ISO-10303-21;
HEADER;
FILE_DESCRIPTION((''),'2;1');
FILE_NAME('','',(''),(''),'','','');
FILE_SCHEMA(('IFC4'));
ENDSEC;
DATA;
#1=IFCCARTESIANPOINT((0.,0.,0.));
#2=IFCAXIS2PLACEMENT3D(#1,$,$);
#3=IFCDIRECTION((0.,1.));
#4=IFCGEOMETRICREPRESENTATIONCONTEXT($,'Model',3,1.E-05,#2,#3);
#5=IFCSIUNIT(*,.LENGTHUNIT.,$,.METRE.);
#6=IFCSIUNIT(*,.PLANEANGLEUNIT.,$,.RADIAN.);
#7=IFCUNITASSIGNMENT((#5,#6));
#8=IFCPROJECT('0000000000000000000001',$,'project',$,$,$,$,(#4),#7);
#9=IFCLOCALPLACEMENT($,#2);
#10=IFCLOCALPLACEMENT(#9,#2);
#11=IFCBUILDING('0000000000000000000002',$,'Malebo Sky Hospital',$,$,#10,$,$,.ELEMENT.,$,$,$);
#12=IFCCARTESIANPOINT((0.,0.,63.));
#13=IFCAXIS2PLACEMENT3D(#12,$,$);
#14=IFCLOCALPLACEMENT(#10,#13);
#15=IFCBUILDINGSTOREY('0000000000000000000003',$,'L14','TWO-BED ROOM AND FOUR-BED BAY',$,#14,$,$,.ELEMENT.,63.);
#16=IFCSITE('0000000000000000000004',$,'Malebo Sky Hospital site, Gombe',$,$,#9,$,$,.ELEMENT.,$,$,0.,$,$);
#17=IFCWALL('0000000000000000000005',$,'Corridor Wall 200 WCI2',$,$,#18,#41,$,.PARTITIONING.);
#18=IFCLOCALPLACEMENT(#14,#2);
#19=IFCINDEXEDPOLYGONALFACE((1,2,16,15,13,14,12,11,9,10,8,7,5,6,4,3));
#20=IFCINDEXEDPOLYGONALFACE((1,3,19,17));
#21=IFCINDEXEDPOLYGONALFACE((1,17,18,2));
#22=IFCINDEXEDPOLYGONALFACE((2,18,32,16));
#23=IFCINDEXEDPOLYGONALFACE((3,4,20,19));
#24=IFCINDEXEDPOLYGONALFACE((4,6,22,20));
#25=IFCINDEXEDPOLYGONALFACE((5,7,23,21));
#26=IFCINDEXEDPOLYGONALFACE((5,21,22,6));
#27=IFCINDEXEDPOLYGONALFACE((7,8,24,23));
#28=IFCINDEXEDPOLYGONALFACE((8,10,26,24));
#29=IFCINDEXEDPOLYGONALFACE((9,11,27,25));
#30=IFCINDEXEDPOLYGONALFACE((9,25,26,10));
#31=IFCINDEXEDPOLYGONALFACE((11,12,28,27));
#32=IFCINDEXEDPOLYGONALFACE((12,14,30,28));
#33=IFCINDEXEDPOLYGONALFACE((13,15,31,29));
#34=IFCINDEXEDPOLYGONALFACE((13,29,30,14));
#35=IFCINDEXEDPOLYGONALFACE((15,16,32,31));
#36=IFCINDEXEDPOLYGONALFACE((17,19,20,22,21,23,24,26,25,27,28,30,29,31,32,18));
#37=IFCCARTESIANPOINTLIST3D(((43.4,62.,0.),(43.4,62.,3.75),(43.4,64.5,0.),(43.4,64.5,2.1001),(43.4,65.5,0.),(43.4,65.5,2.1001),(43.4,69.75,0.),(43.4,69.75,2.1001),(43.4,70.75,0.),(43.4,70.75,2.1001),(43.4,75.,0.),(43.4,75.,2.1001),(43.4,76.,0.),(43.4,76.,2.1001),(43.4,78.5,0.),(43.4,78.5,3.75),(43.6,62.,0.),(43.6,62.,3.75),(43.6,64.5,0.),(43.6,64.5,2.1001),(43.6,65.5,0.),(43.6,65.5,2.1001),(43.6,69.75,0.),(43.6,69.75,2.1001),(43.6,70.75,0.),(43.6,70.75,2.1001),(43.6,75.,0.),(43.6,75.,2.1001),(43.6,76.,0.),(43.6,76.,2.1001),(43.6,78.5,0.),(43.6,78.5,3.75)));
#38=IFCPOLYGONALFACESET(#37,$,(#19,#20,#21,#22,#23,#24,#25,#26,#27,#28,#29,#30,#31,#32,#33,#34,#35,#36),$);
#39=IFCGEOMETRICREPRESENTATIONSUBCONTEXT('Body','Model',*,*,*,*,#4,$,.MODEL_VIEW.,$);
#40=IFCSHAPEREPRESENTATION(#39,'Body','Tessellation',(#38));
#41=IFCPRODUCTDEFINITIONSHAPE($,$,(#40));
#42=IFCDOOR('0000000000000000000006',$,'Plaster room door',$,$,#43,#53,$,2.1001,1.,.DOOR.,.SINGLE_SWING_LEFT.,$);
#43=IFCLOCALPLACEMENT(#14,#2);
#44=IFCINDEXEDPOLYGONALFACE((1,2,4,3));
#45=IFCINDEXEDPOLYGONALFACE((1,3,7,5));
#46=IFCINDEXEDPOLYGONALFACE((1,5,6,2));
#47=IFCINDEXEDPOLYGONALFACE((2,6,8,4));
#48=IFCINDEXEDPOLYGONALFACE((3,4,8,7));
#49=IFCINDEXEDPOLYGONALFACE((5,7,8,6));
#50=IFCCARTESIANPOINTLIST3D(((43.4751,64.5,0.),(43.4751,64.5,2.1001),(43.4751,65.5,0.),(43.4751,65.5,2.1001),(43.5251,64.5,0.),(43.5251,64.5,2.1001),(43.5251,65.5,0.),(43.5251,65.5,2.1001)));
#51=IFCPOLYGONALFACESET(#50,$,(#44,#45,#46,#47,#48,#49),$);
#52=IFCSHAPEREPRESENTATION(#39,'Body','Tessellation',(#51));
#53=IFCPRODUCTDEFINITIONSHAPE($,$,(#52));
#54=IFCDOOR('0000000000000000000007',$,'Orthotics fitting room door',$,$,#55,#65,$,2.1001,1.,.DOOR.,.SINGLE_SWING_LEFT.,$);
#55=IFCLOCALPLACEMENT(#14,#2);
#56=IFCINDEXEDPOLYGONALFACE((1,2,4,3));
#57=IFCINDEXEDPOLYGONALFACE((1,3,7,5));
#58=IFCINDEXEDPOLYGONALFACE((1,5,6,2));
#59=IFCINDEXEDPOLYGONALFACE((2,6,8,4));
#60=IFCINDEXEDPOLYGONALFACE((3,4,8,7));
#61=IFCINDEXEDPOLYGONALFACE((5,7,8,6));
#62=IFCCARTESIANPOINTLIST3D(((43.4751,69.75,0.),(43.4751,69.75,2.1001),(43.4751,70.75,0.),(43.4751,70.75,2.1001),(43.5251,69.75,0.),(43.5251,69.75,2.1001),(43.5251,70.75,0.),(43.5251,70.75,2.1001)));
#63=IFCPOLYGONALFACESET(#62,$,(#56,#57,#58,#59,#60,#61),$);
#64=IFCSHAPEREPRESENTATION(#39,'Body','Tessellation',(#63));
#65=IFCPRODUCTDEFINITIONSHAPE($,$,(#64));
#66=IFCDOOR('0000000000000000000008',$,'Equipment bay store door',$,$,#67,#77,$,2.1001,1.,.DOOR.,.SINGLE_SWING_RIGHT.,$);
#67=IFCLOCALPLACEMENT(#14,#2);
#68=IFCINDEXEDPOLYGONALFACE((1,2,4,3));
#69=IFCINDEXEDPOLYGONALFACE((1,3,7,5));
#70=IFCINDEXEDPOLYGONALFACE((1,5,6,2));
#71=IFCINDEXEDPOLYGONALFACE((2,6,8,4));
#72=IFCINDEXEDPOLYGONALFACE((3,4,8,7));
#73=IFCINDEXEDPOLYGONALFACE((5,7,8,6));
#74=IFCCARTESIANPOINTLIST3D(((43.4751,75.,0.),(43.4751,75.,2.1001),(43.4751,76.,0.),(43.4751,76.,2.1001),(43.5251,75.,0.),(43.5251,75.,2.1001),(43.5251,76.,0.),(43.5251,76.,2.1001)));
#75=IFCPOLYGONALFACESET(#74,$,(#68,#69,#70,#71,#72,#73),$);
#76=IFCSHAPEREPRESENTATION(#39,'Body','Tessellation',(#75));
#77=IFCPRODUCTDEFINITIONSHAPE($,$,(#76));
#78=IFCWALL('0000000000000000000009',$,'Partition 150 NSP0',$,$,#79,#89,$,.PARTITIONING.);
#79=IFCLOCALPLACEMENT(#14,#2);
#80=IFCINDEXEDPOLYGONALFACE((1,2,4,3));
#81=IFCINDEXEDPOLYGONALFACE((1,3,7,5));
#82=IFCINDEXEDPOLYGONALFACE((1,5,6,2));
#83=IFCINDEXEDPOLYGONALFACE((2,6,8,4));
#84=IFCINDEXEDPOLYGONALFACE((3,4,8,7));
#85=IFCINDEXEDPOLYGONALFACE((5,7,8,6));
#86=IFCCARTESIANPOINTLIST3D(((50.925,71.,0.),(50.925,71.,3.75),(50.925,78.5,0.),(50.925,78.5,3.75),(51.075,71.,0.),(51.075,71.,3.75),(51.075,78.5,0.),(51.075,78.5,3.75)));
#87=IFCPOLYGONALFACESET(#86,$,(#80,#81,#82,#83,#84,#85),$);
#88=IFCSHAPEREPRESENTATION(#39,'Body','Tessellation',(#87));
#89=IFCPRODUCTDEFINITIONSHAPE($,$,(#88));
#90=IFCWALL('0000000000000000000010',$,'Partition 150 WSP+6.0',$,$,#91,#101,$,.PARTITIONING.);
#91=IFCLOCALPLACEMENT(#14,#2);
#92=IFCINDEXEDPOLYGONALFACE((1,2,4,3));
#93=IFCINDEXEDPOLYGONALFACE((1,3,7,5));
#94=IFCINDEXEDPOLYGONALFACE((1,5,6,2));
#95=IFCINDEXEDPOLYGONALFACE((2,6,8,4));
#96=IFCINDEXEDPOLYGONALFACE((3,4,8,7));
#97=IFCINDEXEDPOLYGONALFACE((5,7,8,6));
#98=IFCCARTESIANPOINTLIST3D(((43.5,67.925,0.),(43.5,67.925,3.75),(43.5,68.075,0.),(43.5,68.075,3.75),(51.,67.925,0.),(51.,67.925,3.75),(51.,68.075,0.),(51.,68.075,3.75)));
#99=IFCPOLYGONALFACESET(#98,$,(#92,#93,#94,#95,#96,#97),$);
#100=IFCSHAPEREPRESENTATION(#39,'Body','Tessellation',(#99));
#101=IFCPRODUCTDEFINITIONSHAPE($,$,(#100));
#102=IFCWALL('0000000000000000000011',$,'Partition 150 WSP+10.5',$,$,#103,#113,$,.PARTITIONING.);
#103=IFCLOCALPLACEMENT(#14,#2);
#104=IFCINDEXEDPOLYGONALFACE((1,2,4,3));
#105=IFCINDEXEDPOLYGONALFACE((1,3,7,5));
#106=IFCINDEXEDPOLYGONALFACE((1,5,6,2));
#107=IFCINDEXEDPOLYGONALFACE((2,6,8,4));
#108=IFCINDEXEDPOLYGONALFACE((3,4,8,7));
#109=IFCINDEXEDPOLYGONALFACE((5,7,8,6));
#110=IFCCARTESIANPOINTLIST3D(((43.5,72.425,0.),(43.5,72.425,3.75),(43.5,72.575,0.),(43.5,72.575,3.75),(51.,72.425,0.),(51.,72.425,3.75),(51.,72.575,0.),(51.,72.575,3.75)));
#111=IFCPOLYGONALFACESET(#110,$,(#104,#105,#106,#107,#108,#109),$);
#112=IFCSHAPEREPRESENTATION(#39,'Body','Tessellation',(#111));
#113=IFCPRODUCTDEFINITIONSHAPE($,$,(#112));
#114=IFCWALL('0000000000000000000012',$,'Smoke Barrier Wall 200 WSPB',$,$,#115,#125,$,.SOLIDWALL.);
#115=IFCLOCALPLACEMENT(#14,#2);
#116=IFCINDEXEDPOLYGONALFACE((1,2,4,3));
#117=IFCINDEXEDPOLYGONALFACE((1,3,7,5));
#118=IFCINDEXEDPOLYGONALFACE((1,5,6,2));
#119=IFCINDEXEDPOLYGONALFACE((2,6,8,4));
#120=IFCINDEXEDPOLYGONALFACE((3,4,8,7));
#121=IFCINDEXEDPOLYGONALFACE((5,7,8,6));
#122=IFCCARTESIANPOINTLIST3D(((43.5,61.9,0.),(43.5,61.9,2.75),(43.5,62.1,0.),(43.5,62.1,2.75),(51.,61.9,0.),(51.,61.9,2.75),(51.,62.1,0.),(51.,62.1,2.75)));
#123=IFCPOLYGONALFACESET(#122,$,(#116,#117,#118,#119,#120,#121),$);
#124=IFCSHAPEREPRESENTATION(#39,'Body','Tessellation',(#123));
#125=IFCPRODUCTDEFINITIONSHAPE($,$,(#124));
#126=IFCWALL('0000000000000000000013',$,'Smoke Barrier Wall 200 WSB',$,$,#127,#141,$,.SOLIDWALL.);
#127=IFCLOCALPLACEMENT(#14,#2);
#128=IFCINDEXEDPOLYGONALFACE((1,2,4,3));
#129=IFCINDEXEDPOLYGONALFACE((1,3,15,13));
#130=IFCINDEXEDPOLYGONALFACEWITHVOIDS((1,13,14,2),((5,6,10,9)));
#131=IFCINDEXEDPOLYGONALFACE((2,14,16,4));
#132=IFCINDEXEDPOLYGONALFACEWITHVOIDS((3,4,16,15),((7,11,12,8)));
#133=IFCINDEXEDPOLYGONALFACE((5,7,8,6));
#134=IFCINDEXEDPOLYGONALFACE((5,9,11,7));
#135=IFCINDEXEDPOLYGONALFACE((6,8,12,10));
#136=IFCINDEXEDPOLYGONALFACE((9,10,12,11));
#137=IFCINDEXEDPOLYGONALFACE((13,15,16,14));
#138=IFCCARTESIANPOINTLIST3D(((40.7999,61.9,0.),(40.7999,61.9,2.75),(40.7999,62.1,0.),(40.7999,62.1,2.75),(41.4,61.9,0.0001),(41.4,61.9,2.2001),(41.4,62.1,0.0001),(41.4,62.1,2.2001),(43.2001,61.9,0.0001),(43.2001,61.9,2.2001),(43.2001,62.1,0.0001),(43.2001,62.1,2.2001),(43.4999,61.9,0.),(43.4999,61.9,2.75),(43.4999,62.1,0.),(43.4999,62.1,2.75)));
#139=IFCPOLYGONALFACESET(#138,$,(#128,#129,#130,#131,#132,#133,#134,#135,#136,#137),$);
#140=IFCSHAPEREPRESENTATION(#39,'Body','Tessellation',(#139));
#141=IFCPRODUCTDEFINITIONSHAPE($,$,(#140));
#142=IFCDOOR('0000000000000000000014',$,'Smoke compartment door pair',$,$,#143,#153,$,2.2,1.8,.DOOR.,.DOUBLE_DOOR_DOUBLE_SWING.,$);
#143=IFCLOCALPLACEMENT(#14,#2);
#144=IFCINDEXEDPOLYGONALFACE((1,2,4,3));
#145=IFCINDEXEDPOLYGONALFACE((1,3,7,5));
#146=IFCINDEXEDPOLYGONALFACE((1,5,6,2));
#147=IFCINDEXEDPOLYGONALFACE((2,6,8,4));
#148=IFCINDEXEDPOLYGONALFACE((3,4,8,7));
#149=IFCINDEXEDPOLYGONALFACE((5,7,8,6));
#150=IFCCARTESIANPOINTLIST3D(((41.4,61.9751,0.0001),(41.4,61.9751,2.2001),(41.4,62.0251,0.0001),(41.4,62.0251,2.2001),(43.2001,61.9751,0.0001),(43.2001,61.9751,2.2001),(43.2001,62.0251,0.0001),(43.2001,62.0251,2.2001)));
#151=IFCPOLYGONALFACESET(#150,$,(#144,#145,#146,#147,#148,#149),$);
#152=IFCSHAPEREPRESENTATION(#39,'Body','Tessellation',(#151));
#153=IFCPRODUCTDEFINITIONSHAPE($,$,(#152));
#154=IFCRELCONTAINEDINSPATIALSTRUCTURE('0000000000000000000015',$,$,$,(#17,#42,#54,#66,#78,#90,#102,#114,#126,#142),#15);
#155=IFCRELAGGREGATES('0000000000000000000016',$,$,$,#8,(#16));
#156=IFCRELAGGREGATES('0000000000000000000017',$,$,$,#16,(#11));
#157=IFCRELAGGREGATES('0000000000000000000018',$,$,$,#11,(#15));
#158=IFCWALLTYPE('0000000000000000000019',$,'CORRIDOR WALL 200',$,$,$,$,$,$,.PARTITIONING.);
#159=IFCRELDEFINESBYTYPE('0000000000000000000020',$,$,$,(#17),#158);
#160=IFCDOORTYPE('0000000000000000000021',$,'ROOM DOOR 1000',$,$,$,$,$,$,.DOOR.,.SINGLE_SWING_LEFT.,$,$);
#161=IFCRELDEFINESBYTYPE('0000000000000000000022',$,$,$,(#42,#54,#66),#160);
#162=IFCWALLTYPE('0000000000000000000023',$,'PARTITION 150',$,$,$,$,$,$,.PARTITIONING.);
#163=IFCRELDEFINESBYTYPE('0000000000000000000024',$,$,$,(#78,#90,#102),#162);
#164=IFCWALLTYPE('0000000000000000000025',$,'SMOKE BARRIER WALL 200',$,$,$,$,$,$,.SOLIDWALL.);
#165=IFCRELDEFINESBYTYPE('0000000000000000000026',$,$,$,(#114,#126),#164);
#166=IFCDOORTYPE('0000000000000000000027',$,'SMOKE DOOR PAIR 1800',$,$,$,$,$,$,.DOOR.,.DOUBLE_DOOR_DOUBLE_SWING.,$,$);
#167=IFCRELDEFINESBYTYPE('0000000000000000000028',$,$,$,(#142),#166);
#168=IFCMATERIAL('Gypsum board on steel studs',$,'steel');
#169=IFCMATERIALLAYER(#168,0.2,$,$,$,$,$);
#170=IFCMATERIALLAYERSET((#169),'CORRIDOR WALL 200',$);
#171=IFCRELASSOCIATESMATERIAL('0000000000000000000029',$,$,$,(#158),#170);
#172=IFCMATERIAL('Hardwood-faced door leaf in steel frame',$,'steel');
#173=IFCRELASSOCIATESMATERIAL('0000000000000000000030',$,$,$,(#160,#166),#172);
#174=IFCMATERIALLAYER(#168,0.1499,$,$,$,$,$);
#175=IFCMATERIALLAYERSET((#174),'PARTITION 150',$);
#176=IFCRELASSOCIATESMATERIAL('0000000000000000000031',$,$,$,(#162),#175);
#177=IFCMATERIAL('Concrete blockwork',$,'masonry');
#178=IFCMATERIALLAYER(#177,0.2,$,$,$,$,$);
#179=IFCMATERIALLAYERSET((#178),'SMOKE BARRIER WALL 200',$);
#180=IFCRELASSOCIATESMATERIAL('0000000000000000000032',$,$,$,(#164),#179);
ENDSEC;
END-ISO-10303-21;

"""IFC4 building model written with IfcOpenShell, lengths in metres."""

from ifc_helpers import new_model, si_unit, direction, frame, frame_2d, origin, place, context, subcontext, project, spatial, rectangle, extrude, material, layer, layer_set, type_object, element, fill, save


model = new_model("IFC4")

# Units and contexts
model_context = context("Model", 3, precision=1e-05, world=origin(), true_north=direction((0.0, 1.0)))
body_context = subcontext(model_context, "Body", "Model", "MODEL_VIEW")
ifc_project = project(units=[si_unit("LENGTHUNIT", "METRE"), si_unit("PLANEANGLEUNIT", "RADIAN")], contexts=[model_context])

# Site, building, storey
site_placement = place(None, origin())
site = spatial("IfcSite", under=ifc_project, at=site_placement, Name="Malebo Sky Hospital site, Gombe", CompositionType="ELEMENT", RefElevation=0.0)
building_placement = place(site_placement, origin())
building = spatial("IfcBuilding", under=site, at=building_placement, Name="Malebo Sky Hospital", CompositionType="ELEMENT")
storey_placement = place(building_placement, frame((0.0, 0.0, 63.0)))
storey = spatial("IfcBuildingStorey", under=building, at=storey_placement, Name="L14", Description="TWO-BED ROOM AND FOUR-BED BAY", CompositionType="ELEMENT", Elevation=63.0)

# Shared definitions
ifc_material_1 = material(Name="Hardwood-faced door leaf in steel frame", Category="steel")

# Wall, openings, doors
ifc_material_2 = material(Name="Gypsum board on steel studs", Category="steel")
ifc_layer_1 = layer(ifc_material_2, 0.2)
ifc_layer_set_1 = layer_set([ifc_layer_1], Name="CORRIDOR WALL 200")
wall_type_1 = type_object("IfcWallType", Name="CORRIDOR WALL 200", PredefinedType="PARTITIONING", material=ifc_layer_set_1)
wall_1_placement = place(storey_placement, frame((43.5, 62.0, 0.0), z_axis=(0.0, 0.0, 1.0), x_axis=(0.0, 1.0, 0.0)))
wall_1 = element("IfcWall", 1, at=wall_1_placement, inside=storey, type_object=wall_type_1, Name="Corridor Wall 200 WCI2", PredefinedType="PARTITIONING", context=body_context, shape_type="SweptSolid", body=[
    extrude(rectangle(XDim=16.5, YDim=0.2, at=frame_2d((8.25, 0.0))), origin(), (0.0, 0.0, 1.0), 3.75),
])
opening_1_placement = place(wall_1_placement, frame((2.5, 0.0, 0.0)))
opening_1 = element("IfcOpeningElement", 2, at=opening_1_placement, cuts=wall_1, PredefinedType="OPENING", context=body_context, shape_type="SweptSolid", body=[
    extrude(rectangle(XDim=1.0, YDim=2.1001, at=frame_2d((0.5, 1.05))), frame((0.0, 0.1099, 0.0), z_axis=(0.0, -1.0, 0.0), x_axis=(1.0, 0.0, 0.0)), (0.0, 0.0, 1.0), 0.22),
])
opening_2_placement = place(wall_1_placement, frame((7.75, 0.0, 0.0)))
opening_2 = element("IfcOpeningElement", 3, at=opening_2_placement, cuts=wall_1, PredefinedType="OPENING", context=body_context, shape_type="SweptSolid", body=[
    extrude(rectangle(XDim=1.0, YDim=2.1001, at=frame_2d((0.5, 1.05))), frame((0.0, 0.1099, 0.0), z_axis=(0.0, -1.0, 0.0), x_axis=(1.0, 0.0, 0.0)), (0.0, 0.0, 1.0), 0.22),
])
opening_3_placement = place(wall_1_placement, frame((13.0, 0.0, 0.0)))
opening_3 = element("IfcOpeningElement", 4, at=opening_3_placement, cuts=wall_1, PredefinedType="OPENING", context=body_context, shape_type="SweptSolid", body=[
    extrude(rectangle(XDim=1.0, YDim=2.1001, at=frame_2d((0.5, 1.05))), frame((0.0, 0.1099, 0.0), z_axis=(0.0, -1.0, 0.0), x_axis=(1.0, 0.0, 0.0)), (0.0, 0.0, 1.0), 0.22),
])
door_type_1 = type_object("IfcDoorType", Name="ROOM DOOR 1000", OperationType="SINGLE_SWING_LEFT", PredefinedType="DOOR", material=ifc_material_1)
door_1_placement = place(opening_1_placement, origin())
door_1 = element("IfcDoor", 5, at=door_1_placement, inside=storey, type_object=door_type_1, Name="Plaster room door", OperationType="SINGLE_SWING_LEFT", OverallHeight=2.1001, OverallWidth=1.0, PredefinedType="DOOR", context=body_context, shape_type="SweptSolid", body=[
    extrude(rectangle(XDim=1.0, YDim=2.1001, at=frame_2d((0.5, 1.05))), frame((0.0, 0.0249, 0.0), z_axis=(0.0, -1.0, 0.0), x_axis=(1.0, 0.0, 0.0)), (0.0, 0.0, 1.0), 0.05),
])
fill(opening_1, door_1)
door_2_placement = place(opening_2_placement, origin())
door_2 = element("IfcDoor", 6, at=door_2_placement, inside=storey, type_object=door_type_1, Name="Orthotics fitting room door", OperationType="SINGLE_SWING_LEFT", OverallHeight=2.1001, OverallWidth=1.0, PredefinedType="DOOR", context=body_context, shape_type="SweptSolid", body=[
    extrude(rectangle(XDim=1.0, YDim=2.1001, at=frame_2d((0.5, 1.05))), frame((0.0, 0.0249, 0.0), z_axis=(0.0, -1.0, 0.0), x_axis=(1.0, 0.0, 0.0)), (0.0, 0.0, 1.0), 0.05),
])
fill(opening_2, door_2)
door_3_placement = place(opening_3_placement, origin())
door_3 = element("IfcDoor", 7, at=door_3_placement, inside=storey, type_object=door_type_1, Name="Equipment bay store door", OperationType="SINGLE_SWING_RIGHT", OverallHeight=2.1001, OverallWidth=1.0, PredefinedType="DOOR", context=body_context, shape_type="SweptSolid", body=[
    extrude(rectangle(XDim=1.0, YDim=2.1001, at=frame_2d((0.5, 1.05))), frame((0.0, 0.0249, 0.0), z_axis=(0.0, -1.0, 0.0), x_axis=(1.0, 0.0, 0.0)), (0.0, 0.0, 1.0), 0.05),
])
fill(opening_3, door_3)

# Walls
ifc_layer_2 = layer(ifc_material_2, 0.1499)
ifc_layer_set_2 = layer_set([ifc_layer_2], Name="PARTITION 150")
wall_type_2 = type_object("IfcWallType", Name="PARTITION 150", PredefinedType="PARTITIONING", material=ifc_layer_set_2)
for number, where, z_axis, x_axis, name in (
    (8, (51.0, 71.0, 0.0), (0.0, 0.0, 1.0), (0.0, 1.0, 0.0), "Partition 150 NSP0"),
    (9, (51.0, 68.0, 0.0), (0.0, 0.0, 1.0), (-1.0, 0.0, 0.0), "Partition 150 WSP+6.0"),
    (10, (51.0, 72.5, 0.0), (0.0, 0.0, 1.0), (-1.0, 0.0, 0.0), "Partition 150 WSP+10.5"),
):
    element("IfcWall", number, at=place(storey_placement, frame(where, z_axis=z_axis, x_axis=x_axis)), inside=storey, type_object=wall_type_2, Name=name, PredefinedType="PARTITIONING", context=body_context, shape_type="SweptSolid", body=[
        extrude(rectangle(XDim=7.5, YDim=0.1499, at=frame_2d((3.75, 0.0))), origin(), (0.0, 0.0, 1.0), 3.75),
    ])
ifc_material_3 = material(Name="Concrete blockwork", Category="masonry")
ifc_layer_3 = layer(ifc_material_3, 0.2)
ifc_layer_set_3 = layer_set([ifc_layer_3], Name="SMOKE BARRIER WALL 200")
wall_type_3 = type_object("IfcWallType", Name="SMOKE BARRIER WALL 200", PredefinedType="SOLIDWALL", material=ifc_layer_set_3)
wall_2_placement = place(storey_placement, frame((51.0, 62.0, 0.0), z_axis=(0.0, 0.0, 1.0), x_axis=(-1.0, 0.0, 0.0)))
element("IfcWall", 11, at=wall_2_placement, inside=storey, type_object=wall_type_3, Name="Smoke Barrier Wall 200 WSPB", PredefinedType="SOLIDWALL", context=body_context, shape_type="SweptSolid", body=[
    extrude(rectangle(XDim=7.5, YDim=0.2, at=frame_2d((3.75, 0.0))), origin(), (0.0, 0.0, 1.0), 2.75),
])

# Wall, opening, door
wall_3_placement = place(storey_placement, frame((43.5, 62.0, 0.0), z_axis=(0.0, 0.0, 1.0), x_axis=(-1.0, 0.0, 0.0)))
wall_3 = element("IfcWall", 12, at=wall_3_placement, inside=storey, type_object=wall_type_3, Name="Smoke Barrier Wall 200 WSB", PredefinedType="SOLIDWALL", context=body_context, shape_type="SweptSolid", body=[
    extrude(rectangle(XDim=2.7, YDim=0.2, at=frame_2d((1.3501, 0.0))), origin(), (0.0, 0.0, 1.0), 2.75),
])
opening_4_placement = place(wall_3_placement, frame((0.3, 0.0, 0.0)))
opening_4 = element("IfcOpeningElement", 13, at=opening_4_placement, cuts=wall_3, PredefinedType="OPENING", context=body_context, shape_type="SweptSolid", body=[
    extrude(rectangle(XDim=1.8, YDim=2.2, at=frame_2d((0.8999, 1.1001))), frame((0.0, 0.1099, 0.0), z_axis=(0.0, -1.0, 0.0), x_axis=(1.0, 0.0, 0.0)), (0.0, 0.0, 1.0), 0.22),
])
door_type_2 = type_object("IfcDoorType", Name="SMOKE DOOR PAIR 1800", OperationType="DOUBLE_DOOR_DOUBLE_SWING", PredefinedType="DOOR", material=ifc_material_1)
door_4_placement = place(opening_4_placement, origin())
door_4 = element("IfcDoor", 14, at=door_4_placement, inside=storey, type_object=door_type_2, Name="Smoke compartment door pair", OperationType="DOUBLE_DOOR_DOUBLE_SWING", OverallHeight=2.2, OverallWidth=1.8, PredefinedType="DOOR", context=body_context, shape_type="SweptSolid", body=[
    extrude(rectangle(XDim=1.8, YDim=2.2, at=frame_2d((0.8999, 1.1001))), frame((0.0, 0.0249, 0.0), z_axis=(0.0, -1.0, 0.0), x_axis=(1.0, 0.0, 0.0)), (0.0, 0.0, 1.0), 0.05),
])
fill(opening_4, door_4)

save(model, "model.ifc")
